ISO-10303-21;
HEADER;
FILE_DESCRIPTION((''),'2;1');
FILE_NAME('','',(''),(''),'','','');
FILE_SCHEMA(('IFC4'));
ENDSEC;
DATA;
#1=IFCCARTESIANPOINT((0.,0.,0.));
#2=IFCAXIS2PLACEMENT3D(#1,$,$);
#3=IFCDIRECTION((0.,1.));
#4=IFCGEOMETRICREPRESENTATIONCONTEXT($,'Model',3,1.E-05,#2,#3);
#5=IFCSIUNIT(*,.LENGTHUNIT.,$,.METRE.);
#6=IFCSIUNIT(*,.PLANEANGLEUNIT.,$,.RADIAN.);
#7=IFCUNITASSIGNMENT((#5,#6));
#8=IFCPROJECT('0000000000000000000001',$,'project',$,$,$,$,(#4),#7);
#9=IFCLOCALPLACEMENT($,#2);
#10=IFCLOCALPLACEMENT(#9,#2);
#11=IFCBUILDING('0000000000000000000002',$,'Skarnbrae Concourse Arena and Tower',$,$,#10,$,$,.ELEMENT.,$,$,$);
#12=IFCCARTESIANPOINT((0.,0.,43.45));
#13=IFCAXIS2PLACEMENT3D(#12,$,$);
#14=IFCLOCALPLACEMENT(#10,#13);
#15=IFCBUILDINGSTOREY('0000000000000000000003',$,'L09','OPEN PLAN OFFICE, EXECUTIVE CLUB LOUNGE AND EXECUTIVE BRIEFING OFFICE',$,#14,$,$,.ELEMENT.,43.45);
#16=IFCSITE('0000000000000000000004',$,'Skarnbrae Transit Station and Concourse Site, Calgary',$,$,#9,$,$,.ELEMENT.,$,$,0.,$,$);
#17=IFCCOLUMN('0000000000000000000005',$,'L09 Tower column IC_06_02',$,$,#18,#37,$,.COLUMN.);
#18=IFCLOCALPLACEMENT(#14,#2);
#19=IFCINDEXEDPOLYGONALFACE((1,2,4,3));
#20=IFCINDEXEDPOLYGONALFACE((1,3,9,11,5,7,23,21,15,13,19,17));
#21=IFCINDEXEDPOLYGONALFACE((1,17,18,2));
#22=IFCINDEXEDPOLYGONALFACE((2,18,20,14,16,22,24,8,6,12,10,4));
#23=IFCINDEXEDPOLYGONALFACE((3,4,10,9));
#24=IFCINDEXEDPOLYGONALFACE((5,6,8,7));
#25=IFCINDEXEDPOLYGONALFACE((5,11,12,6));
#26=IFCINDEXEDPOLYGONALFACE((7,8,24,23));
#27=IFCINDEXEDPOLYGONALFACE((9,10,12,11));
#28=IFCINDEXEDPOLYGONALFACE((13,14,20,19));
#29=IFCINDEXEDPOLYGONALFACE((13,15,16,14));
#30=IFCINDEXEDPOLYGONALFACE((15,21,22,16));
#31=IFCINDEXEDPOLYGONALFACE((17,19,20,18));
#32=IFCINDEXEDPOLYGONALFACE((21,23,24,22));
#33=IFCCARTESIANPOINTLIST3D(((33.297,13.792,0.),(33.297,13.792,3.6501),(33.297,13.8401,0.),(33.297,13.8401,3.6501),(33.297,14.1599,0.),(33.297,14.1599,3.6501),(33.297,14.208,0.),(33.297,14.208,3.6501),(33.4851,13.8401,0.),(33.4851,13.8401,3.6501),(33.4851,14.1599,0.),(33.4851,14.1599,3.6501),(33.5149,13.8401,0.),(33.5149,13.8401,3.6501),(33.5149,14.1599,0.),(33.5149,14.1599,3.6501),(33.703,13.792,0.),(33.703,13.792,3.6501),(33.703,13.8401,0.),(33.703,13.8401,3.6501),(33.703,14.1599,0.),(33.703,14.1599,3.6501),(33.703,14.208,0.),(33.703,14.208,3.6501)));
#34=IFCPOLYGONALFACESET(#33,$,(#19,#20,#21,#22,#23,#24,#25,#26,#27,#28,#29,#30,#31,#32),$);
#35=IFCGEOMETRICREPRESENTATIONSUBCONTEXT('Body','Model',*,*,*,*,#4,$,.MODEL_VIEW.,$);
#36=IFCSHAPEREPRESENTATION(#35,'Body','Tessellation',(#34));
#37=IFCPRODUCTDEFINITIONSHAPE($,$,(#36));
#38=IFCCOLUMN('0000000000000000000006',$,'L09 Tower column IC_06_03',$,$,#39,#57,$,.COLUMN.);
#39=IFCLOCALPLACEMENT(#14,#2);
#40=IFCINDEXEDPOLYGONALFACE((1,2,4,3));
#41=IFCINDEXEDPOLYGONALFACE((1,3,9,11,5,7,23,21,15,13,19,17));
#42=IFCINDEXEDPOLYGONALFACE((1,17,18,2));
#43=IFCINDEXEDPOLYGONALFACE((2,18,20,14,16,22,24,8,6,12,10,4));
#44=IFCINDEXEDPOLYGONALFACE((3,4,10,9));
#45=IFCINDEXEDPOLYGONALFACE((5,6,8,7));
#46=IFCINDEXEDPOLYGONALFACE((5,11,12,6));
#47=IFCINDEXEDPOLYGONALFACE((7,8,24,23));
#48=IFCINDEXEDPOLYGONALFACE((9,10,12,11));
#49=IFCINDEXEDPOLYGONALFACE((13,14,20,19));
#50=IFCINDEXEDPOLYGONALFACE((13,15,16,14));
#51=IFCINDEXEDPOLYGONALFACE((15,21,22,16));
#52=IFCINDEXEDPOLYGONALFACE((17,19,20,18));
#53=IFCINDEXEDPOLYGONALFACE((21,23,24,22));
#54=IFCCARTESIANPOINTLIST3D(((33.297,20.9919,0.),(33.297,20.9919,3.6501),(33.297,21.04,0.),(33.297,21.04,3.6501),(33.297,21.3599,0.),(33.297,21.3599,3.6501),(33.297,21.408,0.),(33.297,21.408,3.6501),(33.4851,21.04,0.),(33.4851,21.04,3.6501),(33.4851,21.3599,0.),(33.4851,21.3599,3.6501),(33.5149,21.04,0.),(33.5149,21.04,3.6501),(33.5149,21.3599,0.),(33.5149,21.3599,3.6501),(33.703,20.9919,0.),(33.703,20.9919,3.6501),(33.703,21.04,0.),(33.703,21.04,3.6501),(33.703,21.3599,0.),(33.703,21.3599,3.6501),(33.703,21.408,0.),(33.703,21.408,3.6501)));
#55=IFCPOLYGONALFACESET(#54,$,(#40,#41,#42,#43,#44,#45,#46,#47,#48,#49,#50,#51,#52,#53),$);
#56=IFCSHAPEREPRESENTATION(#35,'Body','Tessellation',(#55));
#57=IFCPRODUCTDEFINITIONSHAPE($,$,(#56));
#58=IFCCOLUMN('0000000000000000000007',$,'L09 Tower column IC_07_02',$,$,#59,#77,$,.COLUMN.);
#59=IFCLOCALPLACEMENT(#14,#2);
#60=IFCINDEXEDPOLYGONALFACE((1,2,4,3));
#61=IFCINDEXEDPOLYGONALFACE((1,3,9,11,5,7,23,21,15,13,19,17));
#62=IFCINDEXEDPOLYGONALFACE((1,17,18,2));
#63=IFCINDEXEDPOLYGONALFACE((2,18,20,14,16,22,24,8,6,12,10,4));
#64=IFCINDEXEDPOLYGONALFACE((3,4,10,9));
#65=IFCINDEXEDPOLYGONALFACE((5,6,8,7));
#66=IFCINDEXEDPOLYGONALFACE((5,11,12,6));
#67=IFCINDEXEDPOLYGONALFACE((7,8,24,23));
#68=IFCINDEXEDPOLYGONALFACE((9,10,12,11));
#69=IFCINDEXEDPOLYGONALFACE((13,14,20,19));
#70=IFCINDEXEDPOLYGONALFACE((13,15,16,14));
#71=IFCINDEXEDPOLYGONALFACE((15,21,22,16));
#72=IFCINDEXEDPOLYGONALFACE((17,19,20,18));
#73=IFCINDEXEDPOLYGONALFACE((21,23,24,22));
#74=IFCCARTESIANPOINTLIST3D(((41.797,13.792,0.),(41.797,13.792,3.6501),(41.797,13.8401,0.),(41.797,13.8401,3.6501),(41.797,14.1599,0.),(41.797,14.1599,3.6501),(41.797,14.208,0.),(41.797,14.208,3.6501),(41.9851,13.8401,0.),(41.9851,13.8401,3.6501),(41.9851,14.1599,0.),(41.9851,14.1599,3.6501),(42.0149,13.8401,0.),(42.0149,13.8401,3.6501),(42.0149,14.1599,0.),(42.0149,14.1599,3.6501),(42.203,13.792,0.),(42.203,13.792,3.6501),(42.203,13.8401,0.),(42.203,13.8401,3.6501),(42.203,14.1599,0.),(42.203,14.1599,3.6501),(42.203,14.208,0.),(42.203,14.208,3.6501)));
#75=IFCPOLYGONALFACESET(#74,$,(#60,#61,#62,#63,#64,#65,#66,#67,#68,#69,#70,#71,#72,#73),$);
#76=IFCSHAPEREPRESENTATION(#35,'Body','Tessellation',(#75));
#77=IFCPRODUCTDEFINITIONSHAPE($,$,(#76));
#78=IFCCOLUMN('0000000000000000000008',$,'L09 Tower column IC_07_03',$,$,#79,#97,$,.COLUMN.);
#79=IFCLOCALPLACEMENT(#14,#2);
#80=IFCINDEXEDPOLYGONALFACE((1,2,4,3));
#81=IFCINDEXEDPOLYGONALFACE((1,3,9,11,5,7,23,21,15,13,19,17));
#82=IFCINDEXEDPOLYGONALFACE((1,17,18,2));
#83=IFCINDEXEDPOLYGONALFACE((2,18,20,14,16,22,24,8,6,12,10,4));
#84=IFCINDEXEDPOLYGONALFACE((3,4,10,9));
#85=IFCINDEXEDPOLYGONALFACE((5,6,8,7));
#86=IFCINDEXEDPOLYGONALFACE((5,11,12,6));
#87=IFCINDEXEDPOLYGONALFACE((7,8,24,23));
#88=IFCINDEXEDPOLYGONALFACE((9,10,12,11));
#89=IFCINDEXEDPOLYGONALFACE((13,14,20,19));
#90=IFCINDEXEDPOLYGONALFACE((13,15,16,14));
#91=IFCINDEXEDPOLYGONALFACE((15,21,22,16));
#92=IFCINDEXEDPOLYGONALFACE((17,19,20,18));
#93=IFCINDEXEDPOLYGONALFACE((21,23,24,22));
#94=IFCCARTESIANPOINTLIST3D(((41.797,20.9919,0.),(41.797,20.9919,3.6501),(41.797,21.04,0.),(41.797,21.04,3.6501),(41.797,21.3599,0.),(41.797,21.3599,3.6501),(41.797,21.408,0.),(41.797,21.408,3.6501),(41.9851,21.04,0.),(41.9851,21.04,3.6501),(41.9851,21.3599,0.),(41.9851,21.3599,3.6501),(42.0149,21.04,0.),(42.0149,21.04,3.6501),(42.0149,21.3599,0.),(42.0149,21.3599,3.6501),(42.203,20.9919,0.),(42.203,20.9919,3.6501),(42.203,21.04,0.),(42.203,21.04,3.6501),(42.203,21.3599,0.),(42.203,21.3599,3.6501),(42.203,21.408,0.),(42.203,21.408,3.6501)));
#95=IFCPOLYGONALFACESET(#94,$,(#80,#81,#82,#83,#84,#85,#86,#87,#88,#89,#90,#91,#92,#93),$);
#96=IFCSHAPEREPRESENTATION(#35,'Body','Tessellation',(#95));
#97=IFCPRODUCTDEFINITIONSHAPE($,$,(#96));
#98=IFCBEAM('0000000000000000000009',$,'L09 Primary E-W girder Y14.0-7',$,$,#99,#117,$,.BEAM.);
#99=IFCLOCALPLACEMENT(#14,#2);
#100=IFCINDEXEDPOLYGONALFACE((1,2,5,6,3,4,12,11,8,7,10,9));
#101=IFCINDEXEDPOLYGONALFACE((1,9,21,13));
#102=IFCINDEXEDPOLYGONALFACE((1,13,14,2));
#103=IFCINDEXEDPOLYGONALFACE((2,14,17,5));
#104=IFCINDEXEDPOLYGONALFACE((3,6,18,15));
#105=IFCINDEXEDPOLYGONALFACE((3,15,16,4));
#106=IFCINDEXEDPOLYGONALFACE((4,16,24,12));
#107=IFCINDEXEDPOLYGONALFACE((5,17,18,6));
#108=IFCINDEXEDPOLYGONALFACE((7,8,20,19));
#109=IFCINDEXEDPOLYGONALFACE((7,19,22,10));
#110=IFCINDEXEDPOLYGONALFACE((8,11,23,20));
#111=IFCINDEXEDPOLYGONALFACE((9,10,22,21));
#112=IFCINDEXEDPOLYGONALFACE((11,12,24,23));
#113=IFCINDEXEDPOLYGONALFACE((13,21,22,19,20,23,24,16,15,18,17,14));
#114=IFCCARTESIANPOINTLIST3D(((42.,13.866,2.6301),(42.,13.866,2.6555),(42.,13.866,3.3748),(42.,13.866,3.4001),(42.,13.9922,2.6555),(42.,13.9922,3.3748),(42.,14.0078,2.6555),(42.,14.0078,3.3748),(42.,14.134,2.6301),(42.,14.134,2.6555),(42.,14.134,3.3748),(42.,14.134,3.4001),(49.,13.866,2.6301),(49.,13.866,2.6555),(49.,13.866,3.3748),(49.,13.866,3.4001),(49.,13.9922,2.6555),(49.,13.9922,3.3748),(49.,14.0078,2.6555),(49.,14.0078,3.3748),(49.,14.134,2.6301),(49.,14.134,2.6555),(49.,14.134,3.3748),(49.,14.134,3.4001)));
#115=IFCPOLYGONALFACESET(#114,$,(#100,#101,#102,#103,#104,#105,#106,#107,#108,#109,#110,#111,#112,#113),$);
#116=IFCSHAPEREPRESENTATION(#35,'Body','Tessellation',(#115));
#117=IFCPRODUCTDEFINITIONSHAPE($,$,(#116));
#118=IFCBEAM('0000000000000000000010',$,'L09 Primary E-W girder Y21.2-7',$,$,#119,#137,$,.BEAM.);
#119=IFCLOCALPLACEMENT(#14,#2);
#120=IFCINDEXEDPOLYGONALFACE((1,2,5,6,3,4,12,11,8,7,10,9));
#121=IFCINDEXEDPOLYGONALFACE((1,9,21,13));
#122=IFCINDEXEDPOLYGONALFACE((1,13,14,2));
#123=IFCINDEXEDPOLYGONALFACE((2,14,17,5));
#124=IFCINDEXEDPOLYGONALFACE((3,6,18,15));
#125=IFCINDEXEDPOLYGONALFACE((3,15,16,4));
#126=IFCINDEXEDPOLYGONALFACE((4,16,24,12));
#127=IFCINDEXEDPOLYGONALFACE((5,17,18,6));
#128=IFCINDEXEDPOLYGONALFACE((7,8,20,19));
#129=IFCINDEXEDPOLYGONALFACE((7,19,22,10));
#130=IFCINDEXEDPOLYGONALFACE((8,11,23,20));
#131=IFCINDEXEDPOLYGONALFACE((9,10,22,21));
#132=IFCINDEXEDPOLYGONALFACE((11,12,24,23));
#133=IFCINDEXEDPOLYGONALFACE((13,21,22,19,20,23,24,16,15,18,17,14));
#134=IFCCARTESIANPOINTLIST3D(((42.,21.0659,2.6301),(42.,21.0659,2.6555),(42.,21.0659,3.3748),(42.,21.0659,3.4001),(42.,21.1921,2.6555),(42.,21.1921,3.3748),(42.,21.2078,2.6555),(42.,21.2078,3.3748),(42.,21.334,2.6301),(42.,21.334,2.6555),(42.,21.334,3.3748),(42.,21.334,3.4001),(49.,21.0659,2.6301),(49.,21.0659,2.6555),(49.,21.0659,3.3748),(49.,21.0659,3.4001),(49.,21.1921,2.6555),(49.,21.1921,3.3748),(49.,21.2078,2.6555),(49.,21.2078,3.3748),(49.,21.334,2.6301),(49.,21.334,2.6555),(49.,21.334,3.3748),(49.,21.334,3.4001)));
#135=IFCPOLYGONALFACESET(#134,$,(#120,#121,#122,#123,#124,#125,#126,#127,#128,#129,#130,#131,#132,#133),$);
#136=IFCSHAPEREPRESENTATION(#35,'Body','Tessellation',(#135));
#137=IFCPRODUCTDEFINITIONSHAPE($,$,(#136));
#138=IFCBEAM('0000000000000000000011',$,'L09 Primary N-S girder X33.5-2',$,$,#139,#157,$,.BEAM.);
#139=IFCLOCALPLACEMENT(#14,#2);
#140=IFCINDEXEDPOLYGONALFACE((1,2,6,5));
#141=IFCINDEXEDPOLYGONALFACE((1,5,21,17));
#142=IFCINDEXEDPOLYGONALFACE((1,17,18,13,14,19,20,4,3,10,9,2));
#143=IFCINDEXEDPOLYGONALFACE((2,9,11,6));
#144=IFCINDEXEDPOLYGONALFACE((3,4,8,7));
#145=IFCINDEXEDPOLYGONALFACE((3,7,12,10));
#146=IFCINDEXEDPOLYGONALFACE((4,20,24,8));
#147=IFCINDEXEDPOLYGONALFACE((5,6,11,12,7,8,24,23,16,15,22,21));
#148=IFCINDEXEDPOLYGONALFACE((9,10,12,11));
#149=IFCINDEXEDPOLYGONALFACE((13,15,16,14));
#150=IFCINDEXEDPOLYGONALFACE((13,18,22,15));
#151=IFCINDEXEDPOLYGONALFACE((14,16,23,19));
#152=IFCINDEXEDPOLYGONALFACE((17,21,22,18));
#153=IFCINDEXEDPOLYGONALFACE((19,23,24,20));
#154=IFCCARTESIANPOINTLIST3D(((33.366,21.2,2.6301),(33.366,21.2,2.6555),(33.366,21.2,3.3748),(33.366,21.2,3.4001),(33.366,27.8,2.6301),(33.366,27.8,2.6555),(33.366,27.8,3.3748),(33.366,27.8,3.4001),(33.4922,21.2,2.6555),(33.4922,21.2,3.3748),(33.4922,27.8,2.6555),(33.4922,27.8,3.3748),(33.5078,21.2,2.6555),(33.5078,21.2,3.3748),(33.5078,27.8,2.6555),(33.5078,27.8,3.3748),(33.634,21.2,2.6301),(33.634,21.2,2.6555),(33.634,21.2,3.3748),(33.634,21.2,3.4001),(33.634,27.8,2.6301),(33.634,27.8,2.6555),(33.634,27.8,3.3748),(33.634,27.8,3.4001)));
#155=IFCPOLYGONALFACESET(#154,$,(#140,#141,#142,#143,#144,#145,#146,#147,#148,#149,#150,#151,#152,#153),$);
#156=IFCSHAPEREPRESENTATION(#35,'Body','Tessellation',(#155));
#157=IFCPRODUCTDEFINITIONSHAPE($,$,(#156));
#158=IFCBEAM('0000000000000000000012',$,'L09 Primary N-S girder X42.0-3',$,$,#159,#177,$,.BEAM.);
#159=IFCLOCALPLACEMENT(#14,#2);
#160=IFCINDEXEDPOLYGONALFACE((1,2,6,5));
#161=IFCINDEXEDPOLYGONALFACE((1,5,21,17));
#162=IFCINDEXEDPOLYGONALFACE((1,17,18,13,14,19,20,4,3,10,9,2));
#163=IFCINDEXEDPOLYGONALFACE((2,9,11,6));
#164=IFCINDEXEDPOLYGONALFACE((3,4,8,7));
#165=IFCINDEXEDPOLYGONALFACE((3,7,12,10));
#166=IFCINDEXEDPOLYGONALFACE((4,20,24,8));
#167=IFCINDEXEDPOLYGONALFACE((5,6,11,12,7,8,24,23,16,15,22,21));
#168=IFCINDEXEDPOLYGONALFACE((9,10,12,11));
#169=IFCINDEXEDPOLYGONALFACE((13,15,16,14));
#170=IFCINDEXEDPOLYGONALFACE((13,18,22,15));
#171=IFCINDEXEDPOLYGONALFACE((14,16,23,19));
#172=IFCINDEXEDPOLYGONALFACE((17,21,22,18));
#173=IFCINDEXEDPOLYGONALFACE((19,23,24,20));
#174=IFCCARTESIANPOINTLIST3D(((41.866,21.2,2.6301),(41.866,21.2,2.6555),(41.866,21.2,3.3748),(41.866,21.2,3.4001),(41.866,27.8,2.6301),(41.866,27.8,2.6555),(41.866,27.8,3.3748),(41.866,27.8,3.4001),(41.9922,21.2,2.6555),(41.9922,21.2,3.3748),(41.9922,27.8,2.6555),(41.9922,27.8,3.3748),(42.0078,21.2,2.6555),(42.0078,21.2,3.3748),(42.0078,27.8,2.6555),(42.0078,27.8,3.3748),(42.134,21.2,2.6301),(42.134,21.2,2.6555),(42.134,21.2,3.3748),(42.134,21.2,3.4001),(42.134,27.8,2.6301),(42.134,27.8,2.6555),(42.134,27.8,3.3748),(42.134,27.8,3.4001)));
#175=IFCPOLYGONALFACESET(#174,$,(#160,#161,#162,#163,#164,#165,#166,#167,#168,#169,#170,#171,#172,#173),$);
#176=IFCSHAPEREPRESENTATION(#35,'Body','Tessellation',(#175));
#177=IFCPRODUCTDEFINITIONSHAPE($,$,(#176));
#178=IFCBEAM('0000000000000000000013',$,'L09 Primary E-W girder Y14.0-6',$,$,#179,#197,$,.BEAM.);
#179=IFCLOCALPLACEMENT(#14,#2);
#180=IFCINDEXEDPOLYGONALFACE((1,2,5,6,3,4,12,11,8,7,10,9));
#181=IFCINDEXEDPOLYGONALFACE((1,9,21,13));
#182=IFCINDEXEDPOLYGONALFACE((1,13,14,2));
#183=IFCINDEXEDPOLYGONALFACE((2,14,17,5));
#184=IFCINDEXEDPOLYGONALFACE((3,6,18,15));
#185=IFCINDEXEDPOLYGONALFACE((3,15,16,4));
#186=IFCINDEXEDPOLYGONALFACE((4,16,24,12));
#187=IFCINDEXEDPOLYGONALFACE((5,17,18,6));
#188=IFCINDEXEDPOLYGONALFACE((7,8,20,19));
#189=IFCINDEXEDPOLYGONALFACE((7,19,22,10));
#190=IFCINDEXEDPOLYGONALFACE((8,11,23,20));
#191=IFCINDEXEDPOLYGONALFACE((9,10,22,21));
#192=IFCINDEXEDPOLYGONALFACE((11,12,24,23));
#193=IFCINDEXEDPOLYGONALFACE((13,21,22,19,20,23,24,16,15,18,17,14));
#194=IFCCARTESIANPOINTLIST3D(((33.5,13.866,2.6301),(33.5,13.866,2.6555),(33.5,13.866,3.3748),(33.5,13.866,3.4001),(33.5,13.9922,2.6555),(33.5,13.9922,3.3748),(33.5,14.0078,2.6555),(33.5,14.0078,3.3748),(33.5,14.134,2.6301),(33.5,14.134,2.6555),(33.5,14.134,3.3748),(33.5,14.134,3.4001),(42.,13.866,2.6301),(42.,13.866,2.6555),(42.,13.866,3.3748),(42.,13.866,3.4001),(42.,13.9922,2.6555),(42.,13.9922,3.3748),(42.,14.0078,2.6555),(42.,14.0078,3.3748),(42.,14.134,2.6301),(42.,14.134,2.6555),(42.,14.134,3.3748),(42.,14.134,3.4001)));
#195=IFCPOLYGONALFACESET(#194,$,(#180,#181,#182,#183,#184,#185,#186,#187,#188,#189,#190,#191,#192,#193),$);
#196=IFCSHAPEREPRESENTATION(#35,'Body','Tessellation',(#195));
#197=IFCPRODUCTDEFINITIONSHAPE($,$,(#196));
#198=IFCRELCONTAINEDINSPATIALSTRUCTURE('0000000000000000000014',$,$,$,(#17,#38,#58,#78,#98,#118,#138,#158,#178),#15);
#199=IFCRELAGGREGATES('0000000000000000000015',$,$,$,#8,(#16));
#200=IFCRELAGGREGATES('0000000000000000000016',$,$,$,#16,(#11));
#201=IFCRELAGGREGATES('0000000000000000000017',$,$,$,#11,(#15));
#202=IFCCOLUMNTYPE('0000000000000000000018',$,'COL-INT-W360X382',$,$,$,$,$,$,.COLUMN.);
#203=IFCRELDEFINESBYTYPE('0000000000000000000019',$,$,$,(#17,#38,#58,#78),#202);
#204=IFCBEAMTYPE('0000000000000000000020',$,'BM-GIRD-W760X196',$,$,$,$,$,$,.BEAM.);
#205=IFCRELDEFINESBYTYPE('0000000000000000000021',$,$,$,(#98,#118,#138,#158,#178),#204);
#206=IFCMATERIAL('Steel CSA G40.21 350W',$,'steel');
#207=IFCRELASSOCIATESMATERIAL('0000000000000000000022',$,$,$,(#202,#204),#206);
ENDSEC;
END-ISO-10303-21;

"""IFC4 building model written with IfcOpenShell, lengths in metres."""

from ifc_helpers import new_model, si_unit, direction, frame, origin, origin_2d, place, context, subcontext, project, spatial, i_section, extrude, source, transform, mapped, material, material_profile, profile_set, type_object, element, save


model = new_model("IFC4")

# Units and contexts
model_context = context("Model", 3, precision=1e-05, world=origin(), true_north=direction((0.0, 1.0)))
body_context = subcontext(model_context, "Body", "Model", "MODEL_VIEW")
ifc_project = project(units=[si_unit("LENGTHUNIT", "METRE"), si_unit("PLANEANGLEUNIT", "RADIAN")], contexts=[model_context])

# Site, building, storey
site_placement = place(None, origin())
site = spatial("IfcSite", under=ifc_project, at=site_placement, Name="Skarnbrae Transit Station and Concourse Site, Calgary", CompositionType="ELEMENT", RefElevation=0.0)
building_placement = place(site_placement, origin())
building = spatial("IfcBuilding", under=site, at=building_placement, Name="Skarnbrae Concourse Arena and Tower", CompositionType="ELEMENT")
storey_placement = place(building_placement, frame((0.0, 0.0, 43.45)))
storey = spatial("IfcBuildingStorey", under=building, at=storey_placement, Name="L09", Description="OPEN PLAN OFFICE, EXECUTIVE CLUB LOUNGE AND EXECUTIVE BRIEFING OFFICE", CompositionType="ELEMENT", Elevation=43.45)

# Columns
ifc_material_1 = material(Name="Steel CSA G40.21 350W", Category="steel")
ifc_material_profile_1 = material_profile(ifc_material_1, i_section(OverallWidth=0.406, OverallDepth=0.416, WebThickness=0.0298, FlangeThickness=0.0481, at=origin_2d()), Name="W360X382")
ifc_profile_set_1 = profile_set([ifc_material_profile_1], Name="Steel CSA G40.21 350W")
column_type = type_object("IfcColumnType", Name="COL-INT-W360X382", PredefinedType="COLUMN", material=ifc_profile_set_1)
shared_shape_1 = source(origin(), body_context, "Body", "SweptSolid", [
    extrude(i_section(OverallWidth=0.406, OverallDepth=0.416, WebThickness=0.0298, FlangeThickness=0.0481, at=origin_2d()), origin(), (0.0, 0.0, 1.0), 3.6501),
])
for number, where, z_axis, x_axis, name in (
    (1, (33.5, 14.0, 0.0), (0.0, 0.0, 1.0), (1.0, 0.0, 0.0), "L09 Tower column IC_06_02"),
    (2, (33.5, 21.2, 0.0), (0.0, 0.0, 1.0), (1.0, 0.0, 0.0), "L09 Tower column IC_06_03"),
    (3, (42.0, 14.0, 0.0), (0.0, 0.0, 1.0), (1.0, 0.0, 0.0), "L09 Tower column IC_07_02"),
    (4, (42.0, 21.2, 0.0), (0.0, 0.0, 1.0), (1.0, 0.0, 0.0), "L09 Tower column IC_07_03"),
):
    element("IfcColumn", number, at=place(storey_placement, frame(where, z_axis=z_axis, x_axis=x_axis)), inside=storey, type_object=column_type, Name=name, PredefinedType="COLUMN", context=body_context, shape_type="MappedRepresentation", body=[
        mapped(shared_shape_1, transform((0.0, 0.0, 0.0))),
    ])

# Beams
ifc_material_profile_2 = material_profile(ifc_material_1, i_section(OverallWidth=0.2681, OverallDepth=0.77, WebThickness=0.0156, FlangeThickness=0.0254, at=origin_2d()), Name="W760X196")
ifc_profile_set_2 = profile_set([ifc_material_profile_2], Name="Steel CSA G40.21 350W")
beam_type_1 = type_object("IfcBeamType", Name="BM-GIRD-W760X196", PredefinedType="BEAM", material=ifc_profile_set_2)
shared_shape_2 = source(origin(), body_context, "Body", "SweptSolid", [
    extrude(i_section(OverallWidth=0.2681, OverallDepth=0.77, WebThickness=0.0156, FlangeThickness=0.0254, at=origin_2d()), origin(), (0.0, 0.0, 1.0), 7.0),
])
for number, where, z_axis, x_axis, name in (
    (5, (42.0, 14.0, 3.0151), (1.0, 0.0, 0.0), (0.0, 1.0, 0.0), "L09 Primary E-W girder Y14.0-7"),
    (6, (42.0, 21.2, 3.0151), (1.0, 0.0, 0.0), (0.0, 1.0, 0.0), "L09 Primary E-W girder Y21.2-7"),
):
    element("IfcBeam", number, at=place(storey_placement, frame(where, z_axis=z_axis, x_axis=x_axis)), inside=storey, type_object=beam_type_1, Name=name, PredefinedType="BEAM", context=body_context, shape_type="MappedRepresentation", body=[
        mapped(shared_shape_2, transform((0.0, 0.0, 0.0))),
    ])
shared_shape_3 = source(origin(), body_context, "Body", "SweptSolid", [
    extrude(i_section(OverallWidth=0.2681, OverallDepth=0.77, WebThickness=0.0156, FlangeThickness=0.0254, at=origin_2d()), origin(), (0.0, 0.0, 1.0), 6.6001),
])
for number, where, z_axis, x_axis, name in (
    (7, (33.5, 21.2, 3.0151), (0.0, 1.0, 0.0), (-1.0, 0.0, 0.0), "L09 Primary N-S girder X33.5-2"),
    (8, (42.0, 21.2, 3.0151), (0.0, 1.0, 0.0), (-1.0, 0.0, 0.0), "L09 Primary N-S girder X42.0-3"),
):
    element("IfcBeam", number, at=place(storey_placement, frame(where, z_axis=z_axis, x_axis=x_axis)), inside=storey, type_object=beam_type_1, Name=name, PredefinedType="BEAM", context=body_context, shape_type="MappedRepresentation", body=[
        mapped(shared_shape_3, transform((0.0, 0.0, 0.0))),
    ])
shared_shape_4 = source(origin(), body_context, "Body", "SweptSolid", [
    extrude(i_section(OverallWidth=0.2681, OverallDepth=0.77, WebThickness=0.0156, FlangeThickness=0.0254, at=origin_2d()), origin(), (0.0, 0.0, 1.0), 8.5),
])
for number, where, z_axis, x_axis, name in (
    (9, (33.5, 14.0, 3.0151), (1.0, 0.0, 0.0), (0.0, 1.0, 0.0), "L09 Primary E-W girder Y14.0-6"),
):
    element("IfcBeam", number, at=place(storey_placement, frame(where, z_axis=z_axis, x_axis=x_axis)), inside=storey, type_object=beam_type_1, Name=name, PredefinedType="BEAM", context=body_context, shape_type="MappedRepresentation", body=[
        mapped(shared_shape_4, transform((0.0, 0.0, 0.0))),
    ])

save(model, "model.ifc")
